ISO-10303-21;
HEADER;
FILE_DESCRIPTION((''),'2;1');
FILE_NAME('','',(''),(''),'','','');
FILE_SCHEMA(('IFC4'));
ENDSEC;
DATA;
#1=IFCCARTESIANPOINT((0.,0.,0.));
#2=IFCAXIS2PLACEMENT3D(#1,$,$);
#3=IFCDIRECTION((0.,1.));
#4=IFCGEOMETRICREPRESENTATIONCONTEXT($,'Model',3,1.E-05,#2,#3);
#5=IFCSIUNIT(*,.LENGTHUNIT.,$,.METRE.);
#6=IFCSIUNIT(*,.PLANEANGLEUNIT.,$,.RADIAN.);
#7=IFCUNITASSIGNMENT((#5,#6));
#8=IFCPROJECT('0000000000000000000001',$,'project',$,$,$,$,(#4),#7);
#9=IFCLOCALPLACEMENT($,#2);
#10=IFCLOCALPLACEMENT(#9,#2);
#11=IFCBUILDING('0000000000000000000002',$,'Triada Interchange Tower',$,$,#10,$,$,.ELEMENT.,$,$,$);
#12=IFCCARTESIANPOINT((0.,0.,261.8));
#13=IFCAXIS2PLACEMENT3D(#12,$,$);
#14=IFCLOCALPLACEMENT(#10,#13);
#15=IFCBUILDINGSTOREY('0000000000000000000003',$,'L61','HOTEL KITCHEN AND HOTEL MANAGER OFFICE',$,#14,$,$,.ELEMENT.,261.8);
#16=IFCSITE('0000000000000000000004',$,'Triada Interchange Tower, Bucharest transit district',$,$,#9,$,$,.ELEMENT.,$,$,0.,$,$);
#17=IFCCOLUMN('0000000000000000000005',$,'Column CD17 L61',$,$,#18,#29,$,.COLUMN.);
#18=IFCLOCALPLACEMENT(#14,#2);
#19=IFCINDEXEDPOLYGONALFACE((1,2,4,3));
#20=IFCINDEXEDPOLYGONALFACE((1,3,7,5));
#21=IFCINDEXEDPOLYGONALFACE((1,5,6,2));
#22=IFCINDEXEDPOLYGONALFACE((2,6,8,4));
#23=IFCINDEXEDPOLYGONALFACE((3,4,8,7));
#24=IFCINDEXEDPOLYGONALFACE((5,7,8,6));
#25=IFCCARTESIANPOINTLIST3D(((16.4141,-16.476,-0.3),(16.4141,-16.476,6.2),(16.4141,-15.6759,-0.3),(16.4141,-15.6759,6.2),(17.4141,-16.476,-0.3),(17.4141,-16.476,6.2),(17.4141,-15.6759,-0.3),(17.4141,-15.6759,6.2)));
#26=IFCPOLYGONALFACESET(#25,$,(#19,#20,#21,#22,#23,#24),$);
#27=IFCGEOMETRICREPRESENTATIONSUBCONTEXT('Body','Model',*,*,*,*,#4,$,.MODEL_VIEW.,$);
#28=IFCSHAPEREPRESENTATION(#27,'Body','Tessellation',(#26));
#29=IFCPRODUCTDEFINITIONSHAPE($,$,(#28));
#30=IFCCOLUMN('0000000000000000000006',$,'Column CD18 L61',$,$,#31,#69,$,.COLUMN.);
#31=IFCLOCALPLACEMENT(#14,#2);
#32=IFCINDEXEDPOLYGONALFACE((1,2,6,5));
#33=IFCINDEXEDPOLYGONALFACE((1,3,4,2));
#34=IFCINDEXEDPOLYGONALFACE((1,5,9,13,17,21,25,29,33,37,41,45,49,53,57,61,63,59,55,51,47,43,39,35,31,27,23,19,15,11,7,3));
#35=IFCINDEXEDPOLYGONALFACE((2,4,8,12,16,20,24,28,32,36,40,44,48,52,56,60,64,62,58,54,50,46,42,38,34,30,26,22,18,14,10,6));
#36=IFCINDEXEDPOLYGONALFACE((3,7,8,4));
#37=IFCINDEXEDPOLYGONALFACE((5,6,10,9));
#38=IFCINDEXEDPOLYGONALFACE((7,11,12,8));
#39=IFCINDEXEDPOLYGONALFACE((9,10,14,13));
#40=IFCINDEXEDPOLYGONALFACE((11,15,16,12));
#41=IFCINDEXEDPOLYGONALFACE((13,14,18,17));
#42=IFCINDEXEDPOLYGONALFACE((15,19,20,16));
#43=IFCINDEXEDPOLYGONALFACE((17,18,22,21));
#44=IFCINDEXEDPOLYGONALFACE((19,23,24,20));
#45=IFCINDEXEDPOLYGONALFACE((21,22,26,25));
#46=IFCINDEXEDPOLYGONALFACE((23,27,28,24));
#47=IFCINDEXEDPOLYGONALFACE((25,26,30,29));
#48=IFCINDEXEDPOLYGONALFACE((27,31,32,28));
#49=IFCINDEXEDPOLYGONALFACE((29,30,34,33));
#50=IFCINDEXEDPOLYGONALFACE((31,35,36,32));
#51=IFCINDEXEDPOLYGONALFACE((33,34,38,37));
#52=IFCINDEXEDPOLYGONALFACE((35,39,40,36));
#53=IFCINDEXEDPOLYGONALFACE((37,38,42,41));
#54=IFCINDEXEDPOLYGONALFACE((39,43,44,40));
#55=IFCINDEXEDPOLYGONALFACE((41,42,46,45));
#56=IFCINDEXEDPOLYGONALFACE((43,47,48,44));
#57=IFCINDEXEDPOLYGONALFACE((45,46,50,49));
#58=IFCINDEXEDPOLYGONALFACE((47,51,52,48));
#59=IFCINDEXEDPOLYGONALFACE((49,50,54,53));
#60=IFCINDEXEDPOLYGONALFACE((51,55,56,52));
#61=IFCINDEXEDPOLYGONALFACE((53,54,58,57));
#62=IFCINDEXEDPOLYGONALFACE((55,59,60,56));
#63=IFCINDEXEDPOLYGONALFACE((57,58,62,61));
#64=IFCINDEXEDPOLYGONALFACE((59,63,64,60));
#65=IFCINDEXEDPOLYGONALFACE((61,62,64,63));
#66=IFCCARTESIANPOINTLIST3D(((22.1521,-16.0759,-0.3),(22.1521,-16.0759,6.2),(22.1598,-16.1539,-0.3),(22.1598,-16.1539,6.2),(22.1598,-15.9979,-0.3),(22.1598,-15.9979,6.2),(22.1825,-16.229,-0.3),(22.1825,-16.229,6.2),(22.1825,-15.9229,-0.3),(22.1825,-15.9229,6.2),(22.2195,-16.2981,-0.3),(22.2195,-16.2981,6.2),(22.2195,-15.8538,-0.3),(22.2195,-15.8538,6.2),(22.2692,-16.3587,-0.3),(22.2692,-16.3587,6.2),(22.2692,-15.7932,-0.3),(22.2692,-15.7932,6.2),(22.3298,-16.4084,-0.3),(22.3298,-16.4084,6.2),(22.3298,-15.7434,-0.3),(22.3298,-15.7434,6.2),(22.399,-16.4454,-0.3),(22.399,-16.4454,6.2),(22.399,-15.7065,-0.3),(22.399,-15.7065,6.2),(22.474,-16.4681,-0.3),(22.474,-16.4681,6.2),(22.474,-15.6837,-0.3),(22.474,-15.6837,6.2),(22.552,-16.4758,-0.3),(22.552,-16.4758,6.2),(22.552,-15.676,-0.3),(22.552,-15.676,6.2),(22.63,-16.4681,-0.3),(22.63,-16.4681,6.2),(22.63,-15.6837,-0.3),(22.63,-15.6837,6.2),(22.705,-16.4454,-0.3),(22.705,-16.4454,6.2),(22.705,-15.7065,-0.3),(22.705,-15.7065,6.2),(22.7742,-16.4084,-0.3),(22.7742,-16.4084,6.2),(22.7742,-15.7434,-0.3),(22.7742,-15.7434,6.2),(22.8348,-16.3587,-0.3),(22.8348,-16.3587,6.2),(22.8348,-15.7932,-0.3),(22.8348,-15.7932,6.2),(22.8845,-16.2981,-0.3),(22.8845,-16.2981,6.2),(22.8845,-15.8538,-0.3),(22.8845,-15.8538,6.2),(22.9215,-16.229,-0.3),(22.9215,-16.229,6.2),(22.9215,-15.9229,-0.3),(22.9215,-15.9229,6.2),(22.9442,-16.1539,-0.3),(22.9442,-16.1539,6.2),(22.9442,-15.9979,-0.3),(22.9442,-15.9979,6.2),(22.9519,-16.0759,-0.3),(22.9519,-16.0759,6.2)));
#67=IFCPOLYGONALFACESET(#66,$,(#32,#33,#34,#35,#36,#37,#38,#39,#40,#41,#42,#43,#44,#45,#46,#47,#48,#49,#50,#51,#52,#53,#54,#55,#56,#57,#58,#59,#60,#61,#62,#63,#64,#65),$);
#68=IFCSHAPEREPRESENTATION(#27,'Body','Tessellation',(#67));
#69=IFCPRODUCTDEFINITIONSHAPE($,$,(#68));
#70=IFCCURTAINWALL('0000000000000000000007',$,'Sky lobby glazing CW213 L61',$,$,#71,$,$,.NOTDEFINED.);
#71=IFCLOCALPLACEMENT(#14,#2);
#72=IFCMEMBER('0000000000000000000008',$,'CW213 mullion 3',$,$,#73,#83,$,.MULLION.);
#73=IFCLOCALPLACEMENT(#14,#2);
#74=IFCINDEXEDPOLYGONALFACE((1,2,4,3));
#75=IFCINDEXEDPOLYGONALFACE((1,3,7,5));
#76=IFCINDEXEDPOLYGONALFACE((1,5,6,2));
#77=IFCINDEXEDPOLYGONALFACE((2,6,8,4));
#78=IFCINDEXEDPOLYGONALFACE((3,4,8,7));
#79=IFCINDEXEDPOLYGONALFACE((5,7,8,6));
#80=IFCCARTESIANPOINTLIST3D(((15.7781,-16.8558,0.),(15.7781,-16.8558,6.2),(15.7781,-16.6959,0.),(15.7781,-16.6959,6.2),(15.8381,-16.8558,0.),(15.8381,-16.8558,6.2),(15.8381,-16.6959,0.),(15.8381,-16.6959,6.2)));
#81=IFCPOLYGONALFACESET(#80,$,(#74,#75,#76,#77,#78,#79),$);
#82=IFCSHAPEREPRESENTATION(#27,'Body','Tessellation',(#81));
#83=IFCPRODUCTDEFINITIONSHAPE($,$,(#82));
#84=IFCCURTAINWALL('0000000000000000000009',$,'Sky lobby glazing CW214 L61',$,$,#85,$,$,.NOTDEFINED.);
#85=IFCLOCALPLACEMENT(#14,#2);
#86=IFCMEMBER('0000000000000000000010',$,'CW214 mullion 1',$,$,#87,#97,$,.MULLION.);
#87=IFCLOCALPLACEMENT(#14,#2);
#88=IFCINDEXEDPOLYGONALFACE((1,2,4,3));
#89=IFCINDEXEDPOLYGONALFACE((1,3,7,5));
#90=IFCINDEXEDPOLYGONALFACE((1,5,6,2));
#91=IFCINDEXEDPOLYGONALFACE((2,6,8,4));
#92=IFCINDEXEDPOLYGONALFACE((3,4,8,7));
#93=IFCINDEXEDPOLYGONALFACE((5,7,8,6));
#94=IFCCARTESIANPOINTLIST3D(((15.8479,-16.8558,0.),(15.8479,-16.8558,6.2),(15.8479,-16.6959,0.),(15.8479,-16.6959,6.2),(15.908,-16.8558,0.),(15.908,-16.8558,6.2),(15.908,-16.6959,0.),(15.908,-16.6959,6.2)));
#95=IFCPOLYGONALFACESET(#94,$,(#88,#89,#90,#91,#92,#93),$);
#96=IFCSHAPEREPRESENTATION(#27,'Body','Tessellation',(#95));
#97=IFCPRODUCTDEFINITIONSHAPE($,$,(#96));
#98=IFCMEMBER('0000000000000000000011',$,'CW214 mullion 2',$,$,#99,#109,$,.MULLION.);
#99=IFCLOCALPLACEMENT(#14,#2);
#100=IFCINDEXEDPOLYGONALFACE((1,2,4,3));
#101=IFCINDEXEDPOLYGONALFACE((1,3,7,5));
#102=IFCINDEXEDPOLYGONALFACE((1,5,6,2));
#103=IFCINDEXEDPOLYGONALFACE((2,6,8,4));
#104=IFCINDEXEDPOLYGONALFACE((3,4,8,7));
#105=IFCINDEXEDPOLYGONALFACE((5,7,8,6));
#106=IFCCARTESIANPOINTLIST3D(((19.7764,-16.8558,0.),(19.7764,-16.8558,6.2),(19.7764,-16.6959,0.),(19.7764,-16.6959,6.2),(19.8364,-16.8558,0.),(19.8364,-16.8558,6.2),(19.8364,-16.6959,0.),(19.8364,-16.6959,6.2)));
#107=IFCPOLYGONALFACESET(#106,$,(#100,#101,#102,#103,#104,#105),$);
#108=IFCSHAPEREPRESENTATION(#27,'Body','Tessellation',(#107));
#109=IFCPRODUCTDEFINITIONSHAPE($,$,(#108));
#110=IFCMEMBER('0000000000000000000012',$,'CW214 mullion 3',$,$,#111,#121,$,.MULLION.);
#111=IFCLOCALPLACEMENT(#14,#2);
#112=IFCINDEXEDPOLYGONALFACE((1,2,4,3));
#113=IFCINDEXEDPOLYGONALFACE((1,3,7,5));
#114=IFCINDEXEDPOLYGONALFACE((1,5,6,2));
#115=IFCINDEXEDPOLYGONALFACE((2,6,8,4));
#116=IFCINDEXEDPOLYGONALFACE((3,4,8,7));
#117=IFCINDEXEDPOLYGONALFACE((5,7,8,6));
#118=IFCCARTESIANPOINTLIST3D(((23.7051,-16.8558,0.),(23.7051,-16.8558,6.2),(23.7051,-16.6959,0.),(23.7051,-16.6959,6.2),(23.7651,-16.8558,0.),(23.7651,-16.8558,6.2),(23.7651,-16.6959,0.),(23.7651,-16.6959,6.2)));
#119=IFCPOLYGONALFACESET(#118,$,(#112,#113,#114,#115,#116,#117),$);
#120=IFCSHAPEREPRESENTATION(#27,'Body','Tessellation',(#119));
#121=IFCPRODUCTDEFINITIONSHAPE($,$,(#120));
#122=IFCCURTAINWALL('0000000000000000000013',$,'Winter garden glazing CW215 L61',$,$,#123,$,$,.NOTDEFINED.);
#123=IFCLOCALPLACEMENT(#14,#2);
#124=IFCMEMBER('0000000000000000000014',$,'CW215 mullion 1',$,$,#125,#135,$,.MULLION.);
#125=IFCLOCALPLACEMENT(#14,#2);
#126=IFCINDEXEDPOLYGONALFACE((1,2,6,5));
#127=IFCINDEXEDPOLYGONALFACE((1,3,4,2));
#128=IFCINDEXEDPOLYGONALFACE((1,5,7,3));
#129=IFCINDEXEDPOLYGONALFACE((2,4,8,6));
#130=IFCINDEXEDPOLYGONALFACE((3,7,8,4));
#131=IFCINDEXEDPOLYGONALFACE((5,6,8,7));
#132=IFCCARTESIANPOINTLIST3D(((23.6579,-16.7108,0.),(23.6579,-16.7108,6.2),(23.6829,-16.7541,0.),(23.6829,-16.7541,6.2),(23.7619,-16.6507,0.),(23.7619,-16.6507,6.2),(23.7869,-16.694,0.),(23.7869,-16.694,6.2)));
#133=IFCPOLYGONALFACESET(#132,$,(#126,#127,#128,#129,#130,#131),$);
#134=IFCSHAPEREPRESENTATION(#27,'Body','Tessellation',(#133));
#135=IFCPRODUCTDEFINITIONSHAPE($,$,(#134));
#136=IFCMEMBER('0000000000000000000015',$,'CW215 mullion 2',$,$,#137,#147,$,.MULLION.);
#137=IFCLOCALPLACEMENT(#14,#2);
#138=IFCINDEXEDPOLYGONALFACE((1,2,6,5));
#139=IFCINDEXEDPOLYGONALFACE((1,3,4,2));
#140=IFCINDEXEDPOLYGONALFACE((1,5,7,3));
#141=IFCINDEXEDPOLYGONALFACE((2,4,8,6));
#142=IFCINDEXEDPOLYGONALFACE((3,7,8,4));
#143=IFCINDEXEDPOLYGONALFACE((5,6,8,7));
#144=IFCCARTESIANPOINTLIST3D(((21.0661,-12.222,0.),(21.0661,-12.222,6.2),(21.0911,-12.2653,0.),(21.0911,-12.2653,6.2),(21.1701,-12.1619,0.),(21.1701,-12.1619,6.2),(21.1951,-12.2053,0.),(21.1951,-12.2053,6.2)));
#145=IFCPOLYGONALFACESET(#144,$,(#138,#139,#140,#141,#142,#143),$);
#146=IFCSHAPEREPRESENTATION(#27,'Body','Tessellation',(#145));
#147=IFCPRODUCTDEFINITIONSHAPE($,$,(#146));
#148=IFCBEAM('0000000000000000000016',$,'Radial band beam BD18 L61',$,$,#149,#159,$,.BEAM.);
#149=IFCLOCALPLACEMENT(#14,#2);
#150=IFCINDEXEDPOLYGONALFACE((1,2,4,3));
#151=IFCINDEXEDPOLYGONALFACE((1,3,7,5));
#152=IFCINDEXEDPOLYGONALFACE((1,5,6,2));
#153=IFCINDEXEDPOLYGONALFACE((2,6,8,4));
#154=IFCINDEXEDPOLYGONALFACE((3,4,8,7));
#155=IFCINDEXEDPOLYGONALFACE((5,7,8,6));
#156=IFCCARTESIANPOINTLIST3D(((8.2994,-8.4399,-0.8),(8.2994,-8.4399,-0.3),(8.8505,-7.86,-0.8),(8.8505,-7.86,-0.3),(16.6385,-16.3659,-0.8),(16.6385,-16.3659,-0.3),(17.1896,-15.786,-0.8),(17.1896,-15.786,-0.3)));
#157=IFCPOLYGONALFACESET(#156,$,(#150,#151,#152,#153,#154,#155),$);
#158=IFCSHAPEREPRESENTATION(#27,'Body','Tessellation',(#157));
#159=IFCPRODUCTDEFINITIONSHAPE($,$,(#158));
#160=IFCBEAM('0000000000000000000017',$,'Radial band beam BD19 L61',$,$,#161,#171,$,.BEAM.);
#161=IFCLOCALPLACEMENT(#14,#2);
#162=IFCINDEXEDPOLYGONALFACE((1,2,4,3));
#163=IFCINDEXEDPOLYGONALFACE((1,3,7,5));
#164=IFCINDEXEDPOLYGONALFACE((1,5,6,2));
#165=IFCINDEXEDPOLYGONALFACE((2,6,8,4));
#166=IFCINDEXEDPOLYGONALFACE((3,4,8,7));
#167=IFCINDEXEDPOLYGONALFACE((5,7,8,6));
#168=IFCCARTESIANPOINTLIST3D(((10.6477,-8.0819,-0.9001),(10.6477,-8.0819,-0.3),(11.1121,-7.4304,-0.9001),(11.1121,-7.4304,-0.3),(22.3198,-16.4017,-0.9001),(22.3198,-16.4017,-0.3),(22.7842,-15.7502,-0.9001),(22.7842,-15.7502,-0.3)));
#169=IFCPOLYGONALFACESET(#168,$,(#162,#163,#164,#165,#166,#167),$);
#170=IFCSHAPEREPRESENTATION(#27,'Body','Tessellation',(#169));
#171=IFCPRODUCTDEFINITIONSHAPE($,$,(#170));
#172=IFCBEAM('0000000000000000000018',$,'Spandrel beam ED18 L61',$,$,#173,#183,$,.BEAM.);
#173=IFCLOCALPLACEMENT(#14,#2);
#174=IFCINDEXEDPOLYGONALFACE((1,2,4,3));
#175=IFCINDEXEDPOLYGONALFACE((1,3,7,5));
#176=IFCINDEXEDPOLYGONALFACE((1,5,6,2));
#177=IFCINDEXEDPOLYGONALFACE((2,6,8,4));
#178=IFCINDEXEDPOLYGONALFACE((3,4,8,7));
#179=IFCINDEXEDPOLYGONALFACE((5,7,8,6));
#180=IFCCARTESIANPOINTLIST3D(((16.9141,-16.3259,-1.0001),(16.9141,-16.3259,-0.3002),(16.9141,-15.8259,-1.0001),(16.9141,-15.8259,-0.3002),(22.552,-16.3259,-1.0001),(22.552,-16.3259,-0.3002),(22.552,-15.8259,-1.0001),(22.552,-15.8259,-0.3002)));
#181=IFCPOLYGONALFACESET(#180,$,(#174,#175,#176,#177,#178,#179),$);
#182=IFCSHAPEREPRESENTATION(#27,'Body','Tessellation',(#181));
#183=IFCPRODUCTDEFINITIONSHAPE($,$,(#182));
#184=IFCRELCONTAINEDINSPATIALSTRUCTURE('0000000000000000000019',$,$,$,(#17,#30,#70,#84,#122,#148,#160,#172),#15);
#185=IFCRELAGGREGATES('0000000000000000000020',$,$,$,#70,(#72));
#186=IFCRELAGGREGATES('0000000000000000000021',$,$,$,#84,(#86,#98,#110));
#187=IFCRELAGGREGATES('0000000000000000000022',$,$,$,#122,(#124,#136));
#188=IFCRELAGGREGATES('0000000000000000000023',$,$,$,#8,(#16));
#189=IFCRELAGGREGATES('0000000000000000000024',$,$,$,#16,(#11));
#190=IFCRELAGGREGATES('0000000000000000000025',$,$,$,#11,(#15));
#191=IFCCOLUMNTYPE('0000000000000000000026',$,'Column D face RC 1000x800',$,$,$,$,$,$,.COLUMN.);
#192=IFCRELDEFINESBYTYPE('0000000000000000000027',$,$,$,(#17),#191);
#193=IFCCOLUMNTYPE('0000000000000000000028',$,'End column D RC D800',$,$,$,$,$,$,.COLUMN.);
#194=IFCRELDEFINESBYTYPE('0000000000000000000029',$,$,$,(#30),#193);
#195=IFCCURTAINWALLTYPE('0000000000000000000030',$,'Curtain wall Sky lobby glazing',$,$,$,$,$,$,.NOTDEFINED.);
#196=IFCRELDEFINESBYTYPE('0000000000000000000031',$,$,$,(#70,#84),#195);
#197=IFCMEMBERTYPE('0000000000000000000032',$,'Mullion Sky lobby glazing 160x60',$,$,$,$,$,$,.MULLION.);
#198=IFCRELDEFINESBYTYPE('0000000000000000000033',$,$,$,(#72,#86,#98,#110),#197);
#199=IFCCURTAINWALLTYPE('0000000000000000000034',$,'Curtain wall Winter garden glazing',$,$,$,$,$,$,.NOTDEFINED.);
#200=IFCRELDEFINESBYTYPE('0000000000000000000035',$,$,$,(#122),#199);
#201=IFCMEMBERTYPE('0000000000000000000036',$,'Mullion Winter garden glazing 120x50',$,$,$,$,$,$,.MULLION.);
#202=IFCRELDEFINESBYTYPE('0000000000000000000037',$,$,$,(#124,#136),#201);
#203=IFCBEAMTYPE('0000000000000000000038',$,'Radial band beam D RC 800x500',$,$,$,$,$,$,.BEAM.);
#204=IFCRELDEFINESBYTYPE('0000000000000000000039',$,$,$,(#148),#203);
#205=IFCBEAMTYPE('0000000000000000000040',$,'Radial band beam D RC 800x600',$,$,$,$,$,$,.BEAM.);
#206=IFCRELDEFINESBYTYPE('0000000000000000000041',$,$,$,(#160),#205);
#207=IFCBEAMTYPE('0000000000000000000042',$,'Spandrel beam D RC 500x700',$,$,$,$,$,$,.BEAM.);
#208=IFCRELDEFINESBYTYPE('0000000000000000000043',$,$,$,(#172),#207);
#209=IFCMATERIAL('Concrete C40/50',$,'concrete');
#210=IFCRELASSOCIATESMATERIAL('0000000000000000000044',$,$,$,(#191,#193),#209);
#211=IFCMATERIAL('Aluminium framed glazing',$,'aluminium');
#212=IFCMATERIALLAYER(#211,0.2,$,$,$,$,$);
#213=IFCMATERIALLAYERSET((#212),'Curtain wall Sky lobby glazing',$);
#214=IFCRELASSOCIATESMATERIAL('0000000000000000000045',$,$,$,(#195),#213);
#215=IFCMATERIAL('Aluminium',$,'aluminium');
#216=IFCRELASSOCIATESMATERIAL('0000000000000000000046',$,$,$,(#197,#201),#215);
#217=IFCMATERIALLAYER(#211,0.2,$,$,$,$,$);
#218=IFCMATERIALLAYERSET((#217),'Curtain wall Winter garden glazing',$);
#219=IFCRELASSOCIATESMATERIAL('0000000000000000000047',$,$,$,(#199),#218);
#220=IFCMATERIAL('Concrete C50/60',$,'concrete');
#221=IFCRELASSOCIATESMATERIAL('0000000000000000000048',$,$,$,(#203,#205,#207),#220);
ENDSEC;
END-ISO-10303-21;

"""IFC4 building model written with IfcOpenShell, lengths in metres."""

from ifc_helpers import new_model, si_unit, direction, frame, origin, origin_2d, place, context, subcontext, project, spatial, rectangle, circle, extrude, material, layer, layer_set, material_profile, profile_set, type_object, element, aggregate, save


model = new_model("IFC4")

# Units and contexts
model_context = context("Model", 3, precision=1e-05, world=origin(), true_north=direction((0.0, 1.0)))
body_context = subcontext(model_context, "Body", "Model", "MODEL_VIEW")
ifc_project = project(units=[si_unit("LENGTHUNIT", "METRE"), si_unit("PLANEANGLEUNIT", "RADIAN")], contexts=[model_context])

# Site, building, storey
site_placement = place(None, origin())
site = spatial("IfcSite", under=ifc_project, at=site_placement, Name="Triada Interchange Tower, Bucharest transit district", CompositionType="ELEMENT", RefElevation=0.0)
building_placement = place(site_placement, origin())
building = spatial("IfcBuilding", under=site, at=building_placement, Name="Triada Interchange Tower", CompositionType="ELEMENT")
storey_placement = place(building_placement, frame((0.0, 0.0, 261.8)))
storey = spatial("IfcBuildingStorey", under=building, at=storey_placement, Name="L61", Description="HOTEL KITCHEN AND HOTEL MANAGER OFFICE", CompositionType="ELEMENT", Elevation=261.8)

# Columns
ifc_material_1 = material(Name="Concrete C40/50", Category="concrete")
ifc_material_profile_1 = material_profile(ifc_material_1, rectangle(XDim=1.0, YDim=0.8, at=origin_2d()), Name="RC 1000x800")
ifc_profile_set_1 = profile_set([ifc_material_profile_1], Name="Concrete C40/50")
column_type_1 = type_object("IfcColumnType", Name="Column D face RC 1000x800", PredefinedType="COLUMN", material=ifc_profile_set_1)
column_1_placement = place(storey_placement, frame((16.9141, -16.0759, -0.3), z_axis=(0.0, 0.0, 1.0), x_axis=(1.0, 0.0, 0.0)))
element("IfcColumn", 1, at=column_1_placement, inside=storey, type_object=column_type_1, Name="Column CD17 L61", PredefinedType="COLUMN", context=body_context, shape_type="SweptSolid", body=[
    extrude(rectangle(XDim=1.0, YDim=0.8, at=origin_2d()), origin(), (0.0, 0.0, 1.0), 6.5),
])
ifc_material_profile_2 = material_profile(ifc_material_1, circle(Radius=0.3999, at=origin_2d()), Name="RC D800")
ifc_profile_set_2 = profile_set([ifc_material_profile_2], Name="Concrete C40/50")
column_type_2 = type_object("IfcColumnType", Name="End column D RC D800", PredefinedType="COLUMN", material=ifc_profile_set_2)
column_2_placement = place(storey_placement, frame((22.552, -16.0759, -0.3), z_axis=(0.0, 0.0, 1.0), x_axis=(1.0, 0.0, 0.0)))
element("IfcColumn", 2, at=column_2_placement, inside=storey, type_object=column_type_2, Name="Column CD18 L61", PredefinedType="COLUMN", context=body_context, shape_type="SweptSolid", body=[
    extrude(circle(Radius=0.3999, at=origin_2d()), origin(), (0.0, 0.0, 1.0), 6.5),
])

# Curtain wall, member
ifc_material_2 = material(Name="Aluminium framed glazing", Category="aluminium")
ifc_layer_1 = layer(ifc_material_2, 0.2)
ifc_layer_set_1 = layer_set([ifc_layer_1], Name="Curtain wall Sky lobby glazing")
curtain_wall_type_1 = type_object("IfcCurtainWallType", Name="Curtain wall Sky lobby glazing", PredefinedType="NOTDEFINED", material=ifc_layer_set_1)
curtain_wall_1_placement = place(storey_placement, origin())
curtain_wall_1 = element("IfcCurtainWall", 3, at=curtain_wall_1_placement, inside=storey, type_object=curtain_wall_type_1, Name="Sky lobby glazing CW213 L61", PredefinedType="NOTDEFINED")
ifc_material_3 = material(Name="Aluminium", Category="aluminium")
ifc_material_profile_3 = material_profile(ifc_material_3, rectangle(XDim=0.1599, YDim=0.0601, at=origin_2d()), Name="Aluminium mullion")
ifc_profile_set_3 = profile_set([ifc_material_profile_3], Name="Aluminium")
member_type_1 = type_object("IfcMemberType", Name="Mullion Sky lobby glazing 160x60", PredefinedType="MULLION", material=ifc_profile_set_3)
member_1_placement = place(storey_placement, frame((15.8081, -16.7759, 0.0), z_axis=(0.0, 0.0, 1.0), x_axis=(0.0, 1.0, 0.0)))
member_1 = element("IfcMember", 4, at=member_1_placement, type_object=member_type_1, Name="CW213 mullion 3", PredefinedType="MULLION", context=body_context, shape_type="SweptSolid", body=[
    extrude(rectangle(XDim=0.1599, YDim=0.0601, at=origin_2d()), origin(), (0.0, 0.0, 1.0), 6.2),
])
aggregate(curtain_wall_1, [member_1])

# Curtain walls, members
curtain_wall_2_placement = place(storey_placement, origin())
curtain_wall_2 = element("IfcCurtainWall", 5, at=curtain_wall_2_placement, inside=storey, type_object=curtain_wall_type_1, Name="Sky lobby glazing CW214 L61", PredefinedType="NOTDEFINED")
member_2_placement = place(storey_placement, frame((15.8779, -16.7759, 0.0), z_axis=(0.0, 0.0, 1.0), x_axis=(0.0, 1.0, 0.0)))
member_2 = element("IfcMember", 6, at=member_2_placement, type_object=member_type_1, Name="CW214 mullion 1", PredefinedType="MULLION", context=body_context, shape_type="SweptSolid", body=[
    extrude(rectangle(XDim=0.1599, YDim=0.0601, at=origin_2d()), origin(), (0.0, 0.0, 1.0), 6.2),
])
member_3_placement = place(storey_placement, frame((19.8064, -16.7759, 0.0), z_axis=(0.0, 0.0, 1.0), x_axis=(0.0, 1.0, 0.0)))
member_3 = element("IfcMember", 7, at=member_3_placement, type_object=member_type_1, Name="CW214 mullion 2", PredefinedType="MULLION", context=body_context, shape_type="SweptSolid", body=[
    extrude(rectangle(XDim=0.1599, YDim=0.0601, at=origin_2d()), origin(), (0.0, 0.0, 1.0), 6.2),
])
member_4_placement = place(storey_placement, frame((23.7351, -16.7759, 0.0), z_axis=(0.0, 0.0, 1.0), x_axis=(0.0, 1.0, 0.0)))
member_4 = element("IfcMember", 8, at=member_4_placement, type_object=member_type_1, Name="CW214 mullion 3", PredefinedType="MULLION", context=body_context, shape_type="SweptSolid", body=[
    extrude(rectangle(XDim=0.1599, YDim=0.0601, at=origin_2d()), origin(), (0.0, 0.0, 1.0), 6.2),
])
ifc_layer_2 = layer(ifc_material_2, 0.2)
ifc_layer_set_2 = layer_set([ifc_layer_2], Name="Curtain wall Winter garden glazing")
curtain_wall_type_2 = type_object("IfcCurtainWallType", Name="Curtain wall Winter garden glazing", PredefinedType="NOTDEFINED", material=ifc_layer_set_2)
curtain_wall_3_placement = place(storey_placement, origin())
curtain_wall_3 = element("IfcCurtainWall", 9, at=curtain_wall_3_placement, inside=storey, type_object=curtain_wall_type_2, Name="Winter garden glazing CW215 L61", PredefinedType="NOTDEFINED")
ifc_material_profile_4 = material_profile(ifc_material_3, rectangle(XDim=0.1201, YDim=0.05, at=origin_2d()), Name="Aluminium mullion")
ifc_profile_set_4 = profile_set([ifc_material_profile_4], Name="Aluminium")
member_type_2 = type_object("IfcMemberType", Name="Mullion Winter garden glazing 120x50", PredefinedType="MULLION", material=ifc_profile_set_4)
member_5_placement = place(storey_placement, frame((23.7224, -16.7024, 0.0), z_axis=(0.0, 0.0, 1.0), x_axis=(-0.865988, -0.500064, 0.0)))
member_5 = element("IfcMember", 10, at=member_5_placement, type_object=member_type_2, Name="CW215 mullion 1", PredefinedType="MULLION", context=body_context, shape_type="SweptSolid", body=[
    extrude(rectangle(XDim=0.1201, YDim=0.05, at=origin_2d()), origin(), (0.0, 0.0, 1.0), 6.2),
])
member_6_placement = place(storey_placement, frame((21.1306, -12.2136, 0.0), z_axis=(0.0, 0.0, 1.0), x_axis=(-0.865988, -0.500064, 0.0)))
member_6 = element("IfcMember", 11, at=member_6_placement, type_object=member_type_2, Name="CW215 mullion 2", PredefinedType="MULLION", context=body_context, shape_type="SweptSolid", body=[
    extrude(rectangle(XDim=0.1201, YDim=0.05, at=origin_2d()), origin(), (0.0, 0.0, 1.0), 6.2),
])

# Beams
ifc_material_4 = material(Name="Concrete C50/60", Category="concrete")
ifc_material_profile_5 = material_profile(ifc_material_4, rectangle(XDim=0.8, YDim=0.5, at=origin_2d()), Name="RC 800x500")
ifc_profile_set_5 = profile_set([ifc_material_profile_5], Name="Concrete C50/60")
beam_type_1 = type_object("IfcBeamType", Name="Radial band beam D RC 800x500", PredefinedType="BEAM", material=ifc_profile_set_5)
beam_1_placement = place(storey_placement, frame((16.9141, -16.0759, -0.55), z_axis=(-0.724831, 0.688926, 0.0), x_axis=(-0.688926, -0.724831, 0.0)))
element("IfcBeam", 12, at=beam_1_placement, inside=storey, type_object=beam_type_1, Name="Radial band beam BD18 L61", PredefinedType="BEAM", context=body_context, shape_type="SweptSolid", body=[
    extrude(rectangle(XDim=0.8, YDim=0.5, at=origin_2d()), origin(), (0.0, 0.0, 1.0), 11.5049),
])
ifc_material_profile_6 = material_profile(ifc_material_4, rectangle(XDim=0.8, YDim=0.6001, at=origin_2d()), Name="RC 800x600")
ifc_profile_set_6 = profile_set([ifc_material_profile_6], Name="Concrete C50/60")
beam_type_2 = type_object("IfcBeamType", Name="Radial band beam D RC 800x600", PredefinedType="BEAM", material=ifc_profile_set_6)
beam_2_placement = place(storey_placement, frame((22.552, -16.0759, -0.6001), z_axis=(-0.814307, 0.580434, 0.0), x_axis=(-0.580434, -0.814307, 0.0)))
element("IfcBeam", 13, at=beam_2_placement, inside=storey, type_object=beam_type_2, Name="Radial band beam BD19 L61", PredefinedType="BEAM", context=body_context, shape_type="SweptSolid", body=[
    extrude(rectangle(XDim=0.8, YDim=0.6001, at=origin_2d()), origin(), (0.0, 0.0, 1.0), 14.3337),
])
ifc_material_profile_7 = material_profile(ifc_material_4, rectangle(XDim=0.5, YDim=0.7, at=origin_2d()), Name="RC 500x700")
ifc_profile_set_7 = profile_set([ifc_material_profile_7], Name="Concrete C50/60")
beam_type_3 = type_object("IfcBeamType", Name="Spandrel beam D RC 500x700", PredefinedType="BEAM", material=ifc_profile_set_7)
beam_3_placement = place(storey_placement, frame((16.9141, -16.0759, -0.6501), z_axis=(1.0, 0.0, 0.0), x_axis=(0.0, 1.0, 0.0)))
element("IfcBeam", 14, at=beam_3_placement, inside=storey, type_object=beam_type_3, Name="Spandrel beam ED18 L61", PredefinedType="BEAM", context=body_context, shape_type="SweptSolid", body=[
    extrude(rectangle(XDim=0.5, YDim=0.7, at=origin_2d()), origin(), (0.0, 0.0, 1.0), 5.6379),
])

aggregate(curtain_wall_2, [member_2, member_3, member_4])
aggregate(curtain_wall_3, [member_5, member_6])

save(model, "model.ifc")
